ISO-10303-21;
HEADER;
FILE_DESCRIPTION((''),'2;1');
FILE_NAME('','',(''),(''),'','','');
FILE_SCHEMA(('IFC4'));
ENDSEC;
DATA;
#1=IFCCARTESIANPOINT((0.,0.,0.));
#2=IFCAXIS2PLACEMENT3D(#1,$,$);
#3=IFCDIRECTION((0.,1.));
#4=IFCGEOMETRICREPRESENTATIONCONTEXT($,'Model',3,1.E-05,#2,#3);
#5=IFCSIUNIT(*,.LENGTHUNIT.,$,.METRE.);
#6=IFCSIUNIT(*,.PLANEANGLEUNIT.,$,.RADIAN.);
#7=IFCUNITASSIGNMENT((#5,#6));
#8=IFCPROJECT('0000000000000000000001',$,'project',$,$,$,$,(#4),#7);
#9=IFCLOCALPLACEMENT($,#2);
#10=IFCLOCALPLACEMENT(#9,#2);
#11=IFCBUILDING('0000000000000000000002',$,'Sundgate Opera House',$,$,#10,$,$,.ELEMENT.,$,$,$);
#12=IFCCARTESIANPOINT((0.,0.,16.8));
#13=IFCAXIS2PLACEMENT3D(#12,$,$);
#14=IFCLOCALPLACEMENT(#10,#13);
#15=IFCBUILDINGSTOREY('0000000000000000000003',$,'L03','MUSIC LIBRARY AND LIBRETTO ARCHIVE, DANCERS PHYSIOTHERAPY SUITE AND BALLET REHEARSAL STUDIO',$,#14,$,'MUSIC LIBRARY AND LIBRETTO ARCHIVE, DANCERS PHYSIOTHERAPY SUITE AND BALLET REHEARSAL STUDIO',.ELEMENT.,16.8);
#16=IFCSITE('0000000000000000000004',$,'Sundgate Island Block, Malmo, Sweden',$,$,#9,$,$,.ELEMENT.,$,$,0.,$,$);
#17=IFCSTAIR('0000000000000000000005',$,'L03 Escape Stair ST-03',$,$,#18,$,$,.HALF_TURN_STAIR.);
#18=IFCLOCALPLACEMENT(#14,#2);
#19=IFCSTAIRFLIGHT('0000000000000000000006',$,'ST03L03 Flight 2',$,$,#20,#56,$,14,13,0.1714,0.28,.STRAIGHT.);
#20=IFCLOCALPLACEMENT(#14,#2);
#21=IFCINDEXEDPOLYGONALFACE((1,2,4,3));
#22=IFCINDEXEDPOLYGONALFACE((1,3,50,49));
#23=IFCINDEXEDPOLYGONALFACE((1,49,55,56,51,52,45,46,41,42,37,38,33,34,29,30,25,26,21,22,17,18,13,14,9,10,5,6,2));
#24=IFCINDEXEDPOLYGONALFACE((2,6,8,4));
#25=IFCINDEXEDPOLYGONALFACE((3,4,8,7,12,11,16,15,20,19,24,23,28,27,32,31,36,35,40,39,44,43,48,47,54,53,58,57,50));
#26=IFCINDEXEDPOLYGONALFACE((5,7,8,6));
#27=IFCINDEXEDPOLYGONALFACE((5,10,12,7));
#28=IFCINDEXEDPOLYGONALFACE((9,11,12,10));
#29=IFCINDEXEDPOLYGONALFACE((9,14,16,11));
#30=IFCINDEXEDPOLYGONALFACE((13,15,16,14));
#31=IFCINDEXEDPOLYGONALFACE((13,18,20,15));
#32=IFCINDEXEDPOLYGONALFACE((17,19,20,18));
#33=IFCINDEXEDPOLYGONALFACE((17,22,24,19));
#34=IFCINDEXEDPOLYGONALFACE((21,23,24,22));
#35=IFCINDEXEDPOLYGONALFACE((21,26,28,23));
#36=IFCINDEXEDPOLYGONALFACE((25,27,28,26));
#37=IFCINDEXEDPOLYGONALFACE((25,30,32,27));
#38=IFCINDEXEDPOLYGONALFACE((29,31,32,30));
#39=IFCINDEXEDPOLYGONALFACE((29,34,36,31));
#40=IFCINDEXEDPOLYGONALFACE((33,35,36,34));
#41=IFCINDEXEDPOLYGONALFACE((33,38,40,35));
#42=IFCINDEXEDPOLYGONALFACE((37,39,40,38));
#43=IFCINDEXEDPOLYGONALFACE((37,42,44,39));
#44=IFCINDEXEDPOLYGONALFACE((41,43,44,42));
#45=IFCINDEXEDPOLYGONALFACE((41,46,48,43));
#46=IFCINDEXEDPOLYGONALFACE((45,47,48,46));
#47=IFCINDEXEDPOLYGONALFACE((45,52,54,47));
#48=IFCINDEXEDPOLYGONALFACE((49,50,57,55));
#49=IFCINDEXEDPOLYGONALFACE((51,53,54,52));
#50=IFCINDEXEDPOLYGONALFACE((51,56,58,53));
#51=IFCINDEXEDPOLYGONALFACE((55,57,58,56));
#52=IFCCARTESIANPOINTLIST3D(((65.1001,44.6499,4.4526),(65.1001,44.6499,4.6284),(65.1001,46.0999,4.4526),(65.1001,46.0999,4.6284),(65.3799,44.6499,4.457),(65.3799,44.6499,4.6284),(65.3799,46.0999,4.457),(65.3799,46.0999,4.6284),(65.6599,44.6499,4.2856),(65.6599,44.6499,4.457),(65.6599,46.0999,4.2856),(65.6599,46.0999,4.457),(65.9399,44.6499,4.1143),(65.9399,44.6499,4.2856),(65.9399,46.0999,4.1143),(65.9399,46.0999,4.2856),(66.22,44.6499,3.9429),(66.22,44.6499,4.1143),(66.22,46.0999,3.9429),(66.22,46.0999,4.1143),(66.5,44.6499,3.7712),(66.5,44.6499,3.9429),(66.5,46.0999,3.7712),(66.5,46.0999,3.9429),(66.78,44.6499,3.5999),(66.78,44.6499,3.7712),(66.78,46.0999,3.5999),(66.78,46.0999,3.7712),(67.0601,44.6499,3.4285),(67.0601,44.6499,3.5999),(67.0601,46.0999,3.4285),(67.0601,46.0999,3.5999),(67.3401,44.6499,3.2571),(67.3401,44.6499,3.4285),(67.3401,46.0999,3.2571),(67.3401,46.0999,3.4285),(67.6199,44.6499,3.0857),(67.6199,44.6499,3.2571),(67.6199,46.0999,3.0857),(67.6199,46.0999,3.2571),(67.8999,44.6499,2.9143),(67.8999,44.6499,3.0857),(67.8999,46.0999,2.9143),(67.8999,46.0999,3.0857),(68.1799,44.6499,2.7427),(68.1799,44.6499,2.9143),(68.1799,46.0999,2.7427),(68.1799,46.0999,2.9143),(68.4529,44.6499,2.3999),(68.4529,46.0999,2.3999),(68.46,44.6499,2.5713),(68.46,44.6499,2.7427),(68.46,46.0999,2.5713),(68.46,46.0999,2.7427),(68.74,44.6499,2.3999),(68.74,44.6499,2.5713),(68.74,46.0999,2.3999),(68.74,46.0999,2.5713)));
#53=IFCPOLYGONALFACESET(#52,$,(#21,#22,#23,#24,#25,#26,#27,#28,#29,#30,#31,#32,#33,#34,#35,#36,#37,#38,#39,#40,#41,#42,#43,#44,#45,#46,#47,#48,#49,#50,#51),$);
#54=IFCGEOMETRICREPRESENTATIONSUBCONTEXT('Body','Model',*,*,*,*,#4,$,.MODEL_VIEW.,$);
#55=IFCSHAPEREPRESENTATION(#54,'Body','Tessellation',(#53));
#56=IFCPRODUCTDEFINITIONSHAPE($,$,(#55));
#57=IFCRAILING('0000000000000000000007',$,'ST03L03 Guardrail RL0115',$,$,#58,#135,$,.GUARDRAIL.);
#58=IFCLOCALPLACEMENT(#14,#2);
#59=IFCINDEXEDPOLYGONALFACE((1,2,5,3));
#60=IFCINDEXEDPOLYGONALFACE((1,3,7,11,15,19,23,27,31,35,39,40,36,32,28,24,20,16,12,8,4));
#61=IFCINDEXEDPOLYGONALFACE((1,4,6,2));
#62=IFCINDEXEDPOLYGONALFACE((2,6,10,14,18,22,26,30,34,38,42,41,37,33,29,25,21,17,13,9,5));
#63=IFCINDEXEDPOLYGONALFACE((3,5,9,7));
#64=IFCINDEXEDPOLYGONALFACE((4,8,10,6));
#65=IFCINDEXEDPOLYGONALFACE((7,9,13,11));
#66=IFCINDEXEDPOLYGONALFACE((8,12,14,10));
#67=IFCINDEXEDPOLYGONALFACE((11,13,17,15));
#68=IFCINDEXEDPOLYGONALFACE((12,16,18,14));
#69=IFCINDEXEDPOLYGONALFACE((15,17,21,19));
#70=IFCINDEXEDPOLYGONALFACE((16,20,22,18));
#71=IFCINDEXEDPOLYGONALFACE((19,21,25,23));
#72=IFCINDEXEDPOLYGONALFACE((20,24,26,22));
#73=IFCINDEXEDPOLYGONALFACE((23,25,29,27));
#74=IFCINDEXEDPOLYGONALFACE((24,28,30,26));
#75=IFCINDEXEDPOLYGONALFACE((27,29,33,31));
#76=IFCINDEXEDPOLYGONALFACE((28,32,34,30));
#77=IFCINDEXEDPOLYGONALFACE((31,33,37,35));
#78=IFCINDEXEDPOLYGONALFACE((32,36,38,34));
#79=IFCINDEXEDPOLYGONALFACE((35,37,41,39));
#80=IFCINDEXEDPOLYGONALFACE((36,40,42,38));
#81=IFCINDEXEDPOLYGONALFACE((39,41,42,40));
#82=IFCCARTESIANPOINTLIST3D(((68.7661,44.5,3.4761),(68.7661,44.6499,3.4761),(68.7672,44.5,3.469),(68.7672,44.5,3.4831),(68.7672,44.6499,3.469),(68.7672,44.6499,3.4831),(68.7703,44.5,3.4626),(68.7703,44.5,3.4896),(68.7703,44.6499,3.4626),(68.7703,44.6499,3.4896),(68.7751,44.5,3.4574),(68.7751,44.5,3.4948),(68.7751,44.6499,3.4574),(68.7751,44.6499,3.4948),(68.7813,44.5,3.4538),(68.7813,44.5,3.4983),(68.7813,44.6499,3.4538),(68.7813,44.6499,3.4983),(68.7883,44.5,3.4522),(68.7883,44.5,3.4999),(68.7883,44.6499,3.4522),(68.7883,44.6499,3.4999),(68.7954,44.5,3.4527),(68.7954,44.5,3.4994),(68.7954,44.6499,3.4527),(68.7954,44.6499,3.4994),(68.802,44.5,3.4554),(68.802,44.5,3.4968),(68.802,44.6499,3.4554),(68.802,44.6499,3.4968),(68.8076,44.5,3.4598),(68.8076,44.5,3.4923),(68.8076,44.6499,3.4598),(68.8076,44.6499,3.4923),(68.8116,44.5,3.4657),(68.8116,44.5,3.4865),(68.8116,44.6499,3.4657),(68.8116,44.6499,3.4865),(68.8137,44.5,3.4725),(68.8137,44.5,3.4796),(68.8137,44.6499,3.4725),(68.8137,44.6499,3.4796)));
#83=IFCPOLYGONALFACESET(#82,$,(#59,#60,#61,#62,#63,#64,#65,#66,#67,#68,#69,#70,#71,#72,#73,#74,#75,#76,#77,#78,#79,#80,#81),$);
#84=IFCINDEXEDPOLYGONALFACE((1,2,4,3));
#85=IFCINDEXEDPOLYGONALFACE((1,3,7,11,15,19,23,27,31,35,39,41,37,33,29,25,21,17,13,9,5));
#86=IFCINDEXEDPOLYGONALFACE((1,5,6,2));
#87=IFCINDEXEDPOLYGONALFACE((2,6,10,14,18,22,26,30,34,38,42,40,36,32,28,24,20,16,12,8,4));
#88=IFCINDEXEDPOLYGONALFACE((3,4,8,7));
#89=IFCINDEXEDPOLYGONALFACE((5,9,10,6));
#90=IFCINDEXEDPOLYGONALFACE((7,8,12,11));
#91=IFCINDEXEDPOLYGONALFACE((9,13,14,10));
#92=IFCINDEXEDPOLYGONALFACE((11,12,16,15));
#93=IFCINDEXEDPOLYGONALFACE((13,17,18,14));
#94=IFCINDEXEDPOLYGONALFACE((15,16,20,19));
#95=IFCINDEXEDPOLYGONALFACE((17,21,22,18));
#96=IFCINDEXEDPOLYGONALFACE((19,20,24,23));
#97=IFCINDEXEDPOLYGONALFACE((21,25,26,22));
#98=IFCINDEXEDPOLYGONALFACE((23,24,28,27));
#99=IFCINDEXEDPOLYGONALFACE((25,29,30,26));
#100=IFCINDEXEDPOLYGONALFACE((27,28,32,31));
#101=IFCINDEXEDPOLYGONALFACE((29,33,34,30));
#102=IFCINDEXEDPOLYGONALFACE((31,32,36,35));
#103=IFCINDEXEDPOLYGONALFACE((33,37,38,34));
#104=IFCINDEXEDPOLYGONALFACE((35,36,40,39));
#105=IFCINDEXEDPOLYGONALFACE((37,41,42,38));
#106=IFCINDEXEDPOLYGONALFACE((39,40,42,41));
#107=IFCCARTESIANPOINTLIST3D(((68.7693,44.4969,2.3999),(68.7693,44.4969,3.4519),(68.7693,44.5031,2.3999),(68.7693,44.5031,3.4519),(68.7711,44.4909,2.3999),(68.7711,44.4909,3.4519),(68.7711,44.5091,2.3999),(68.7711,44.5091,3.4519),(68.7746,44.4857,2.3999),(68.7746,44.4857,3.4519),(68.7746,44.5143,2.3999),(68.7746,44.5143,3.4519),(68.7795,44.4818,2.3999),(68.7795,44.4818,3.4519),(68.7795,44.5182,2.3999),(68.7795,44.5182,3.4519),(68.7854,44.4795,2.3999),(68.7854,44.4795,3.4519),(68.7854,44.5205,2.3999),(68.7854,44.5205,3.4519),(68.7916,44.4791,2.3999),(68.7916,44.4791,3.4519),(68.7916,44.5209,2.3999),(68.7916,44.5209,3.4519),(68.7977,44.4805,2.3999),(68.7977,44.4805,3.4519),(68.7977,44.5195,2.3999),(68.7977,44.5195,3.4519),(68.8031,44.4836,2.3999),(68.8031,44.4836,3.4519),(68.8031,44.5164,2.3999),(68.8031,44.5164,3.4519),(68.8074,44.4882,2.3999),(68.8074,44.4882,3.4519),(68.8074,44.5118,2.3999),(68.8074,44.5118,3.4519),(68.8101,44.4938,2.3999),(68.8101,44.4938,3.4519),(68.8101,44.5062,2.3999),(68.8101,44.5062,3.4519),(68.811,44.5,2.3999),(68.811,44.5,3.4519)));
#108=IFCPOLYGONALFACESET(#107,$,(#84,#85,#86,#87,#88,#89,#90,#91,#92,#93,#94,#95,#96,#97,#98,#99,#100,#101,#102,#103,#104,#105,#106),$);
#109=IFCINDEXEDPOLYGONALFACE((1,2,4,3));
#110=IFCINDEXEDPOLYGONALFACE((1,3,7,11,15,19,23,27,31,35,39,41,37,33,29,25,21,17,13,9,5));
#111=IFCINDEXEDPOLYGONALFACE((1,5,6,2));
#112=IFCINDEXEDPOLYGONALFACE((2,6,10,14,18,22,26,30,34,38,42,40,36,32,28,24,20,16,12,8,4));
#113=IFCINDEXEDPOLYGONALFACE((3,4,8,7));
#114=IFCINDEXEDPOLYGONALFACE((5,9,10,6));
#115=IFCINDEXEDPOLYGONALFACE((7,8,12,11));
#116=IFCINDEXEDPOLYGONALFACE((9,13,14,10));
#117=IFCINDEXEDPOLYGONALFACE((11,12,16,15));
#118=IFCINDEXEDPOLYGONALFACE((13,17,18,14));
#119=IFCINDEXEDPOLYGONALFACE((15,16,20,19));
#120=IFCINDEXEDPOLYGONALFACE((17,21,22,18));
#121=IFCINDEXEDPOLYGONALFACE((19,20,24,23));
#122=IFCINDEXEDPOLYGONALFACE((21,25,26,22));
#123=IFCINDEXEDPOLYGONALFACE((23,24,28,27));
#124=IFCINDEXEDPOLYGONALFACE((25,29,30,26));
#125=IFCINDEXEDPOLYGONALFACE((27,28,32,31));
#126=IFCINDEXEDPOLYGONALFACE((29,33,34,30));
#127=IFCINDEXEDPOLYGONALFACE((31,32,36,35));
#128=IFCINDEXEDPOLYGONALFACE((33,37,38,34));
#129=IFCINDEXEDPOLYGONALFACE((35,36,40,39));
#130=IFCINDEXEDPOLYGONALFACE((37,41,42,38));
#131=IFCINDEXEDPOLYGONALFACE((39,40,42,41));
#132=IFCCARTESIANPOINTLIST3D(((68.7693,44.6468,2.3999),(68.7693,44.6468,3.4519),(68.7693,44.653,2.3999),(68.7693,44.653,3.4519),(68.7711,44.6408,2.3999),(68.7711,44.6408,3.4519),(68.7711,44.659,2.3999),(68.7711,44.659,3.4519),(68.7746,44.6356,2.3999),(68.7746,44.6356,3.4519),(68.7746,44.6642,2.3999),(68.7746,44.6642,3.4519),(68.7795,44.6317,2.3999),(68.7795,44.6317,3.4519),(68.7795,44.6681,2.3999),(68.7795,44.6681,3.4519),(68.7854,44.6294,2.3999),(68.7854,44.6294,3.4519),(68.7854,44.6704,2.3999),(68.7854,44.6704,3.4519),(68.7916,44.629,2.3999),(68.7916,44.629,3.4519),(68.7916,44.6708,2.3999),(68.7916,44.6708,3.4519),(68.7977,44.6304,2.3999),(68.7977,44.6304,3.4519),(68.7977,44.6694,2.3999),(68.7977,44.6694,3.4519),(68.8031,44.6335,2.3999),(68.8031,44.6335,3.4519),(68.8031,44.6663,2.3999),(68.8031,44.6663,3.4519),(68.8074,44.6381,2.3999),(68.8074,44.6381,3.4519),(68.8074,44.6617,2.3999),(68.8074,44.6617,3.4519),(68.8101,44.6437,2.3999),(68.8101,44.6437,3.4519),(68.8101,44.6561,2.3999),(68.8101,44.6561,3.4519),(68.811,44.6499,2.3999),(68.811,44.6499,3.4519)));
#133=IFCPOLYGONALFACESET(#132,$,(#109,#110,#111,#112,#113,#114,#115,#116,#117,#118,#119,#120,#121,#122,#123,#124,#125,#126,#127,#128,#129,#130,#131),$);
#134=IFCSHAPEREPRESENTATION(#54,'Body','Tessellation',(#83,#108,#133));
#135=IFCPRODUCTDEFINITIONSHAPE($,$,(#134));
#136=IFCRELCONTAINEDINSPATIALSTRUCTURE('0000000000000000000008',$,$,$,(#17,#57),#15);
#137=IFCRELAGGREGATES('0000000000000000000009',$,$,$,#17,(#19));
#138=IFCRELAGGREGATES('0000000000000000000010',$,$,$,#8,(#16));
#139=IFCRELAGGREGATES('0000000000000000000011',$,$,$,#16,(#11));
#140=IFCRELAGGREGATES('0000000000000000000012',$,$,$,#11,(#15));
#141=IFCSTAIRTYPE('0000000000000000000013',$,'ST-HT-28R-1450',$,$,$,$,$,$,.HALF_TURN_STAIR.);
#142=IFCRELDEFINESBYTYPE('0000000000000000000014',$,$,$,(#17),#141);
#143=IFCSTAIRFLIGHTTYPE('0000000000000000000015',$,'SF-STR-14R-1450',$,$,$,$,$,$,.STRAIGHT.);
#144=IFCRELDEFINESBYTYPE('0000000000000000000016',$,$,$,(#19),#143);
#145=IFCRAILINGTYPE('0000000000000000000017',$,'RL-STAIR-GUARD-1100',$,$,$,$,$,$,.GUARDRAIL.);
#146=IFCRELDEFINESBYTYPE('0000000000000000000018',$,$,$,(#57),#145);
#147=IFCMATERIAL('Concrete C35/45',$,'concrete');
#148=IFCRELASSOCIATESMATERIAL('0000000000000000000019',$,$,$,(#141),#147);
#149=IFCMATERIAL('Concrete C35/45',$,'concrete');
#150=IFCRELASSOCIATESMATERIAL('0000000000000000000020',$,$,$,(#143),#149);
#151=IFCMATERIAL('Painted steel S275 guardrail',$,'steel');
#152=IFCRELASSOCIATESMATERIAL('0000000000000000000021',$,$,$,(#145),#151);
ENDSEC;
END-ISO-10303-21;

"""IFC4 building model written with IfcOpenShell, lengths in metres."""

from ifc_helpers import new_model, si_unit, direction, frame, origin, origin_2d, place, context, subcontext, project, spatial, polyline, circle, outline, extrude, material, type_object, element, aggregate, save


model = new_model("IFC4")

# Units and contexts
model_context = context("Model", 3, precision=1e-05, world=origin(), true_north=direction((0.0, 1.0)))
body_context = subcontext(model_context, "Body", "Model", "MODEL_VIEW")
ifc_project = project(units=[si_unit("LENGTHUNIT", "METRE"), si_unit("PLANEANGLEUNIT", "RADIAN")], contexts=[model_context])

# Site, building, storey
site_placement = place(None, origin())
site = spatial("IfcSite", under=ifc_project, at=site_placement, Name="Sundgate Island Block, Malmo, Sweden", CompositionType="ELEMENT", RefElevation=0.0)
building_placement = place(site_placement, origin())
building = spatial("IfcBuilding", under=site, at=building_placement, Name="Sundgate Opera House", CompositionType="ELEMENT")
storey_placement = place(building_placement, frame((0.0, 0.0, 16.8)))
storey = spatial("IfcBuildingStorey", under=building, at=storey_placement, Name="L03", Description="MUSIC LIBRARY AND LIBRETTO ARCHIVE, DANCERS PHYSIOTHERAPY SUITE AND BALLET REHEARSAL STUDIO", LongName="MUSIC LIBRARY AND LIBRETTO ARCHIVE, DANCERS PHYSIOTHERAPY SUITE AND BALLET REHEARSAL STUDIO", CompositionType="ELEMENT", Elevation=16.8)

# Stair, stair flight
ifc_material_1 = material(Name="Concrete C35/45", Category="concrete")
stair_type = type_object("IfcStairType", Name="ST-HT-28R-1450", PredefinedType="HALF_TURN_STAIR", material=ifc_material_1)
stair_placement = place(storey_placement, origin())
stair = element("IfcStair", 1, at=stair_placement, inside=storey, type_object=stair_type, Name="L03 Escape Stair ST-03", PredefinedType="HALF_TURN_STAIR")
ifc_material_2 = material(Name="Concrete C35/45", Category="concrete")
stair_flight_type = type_object("IfcStairFlightType", Name="SF-STR-14R-1450", PredefinedType="STRAIGHT", material=ifc_material_2)
stair_flight_placement = place(storey_placement, frame((68.74, 45.375, 2.3999), z_axis=(0.0, 0.0, 1.0), x_axis=(-1.0, 0.0, 0.0)))
stair_flight = element("IfcStairFlight", 2, at=stair_flight_placement, type_object=stair_flight_type, Name="ST03L03 Flight 2", NumberOfRisers=14, NumberOfTreads=13, PredefinedType="STRAIGHT", RiserHeight=0.1714, TreadLength=0.28, context=body_context, shape_type="SweptSolid", body=[
    extrude(outline(polyline([(0.0, 0.0), (0.0, 0.1714), (0.28, 0.1714), (0.28, 0.3428), (0.5601, 0.3428), (0.5601, 0.5144), (0.8401, 0.5144), (0.8401, 0.6858), (1.1201, 0.6858), (1.1201, 0.8572), (1.3999, 0.8572), (1.3999, 1.0286), (1.6799, 1.0286), (1.6799, 1.2), (1.96, 1.2), (1.96, 1.3713), (2.24, 1.3713), (2.24, 1.543), (2.52, 1.543), (2.52, 1.7144), (2.8, 1.7144), (2.8, 1.8857), (3.0801, 1.8857), (3.0801, 2.0571), (3.3601, 2.0571), (3.3601, 2.2285), (3.6399, 2.2285), (3.6399, 2.3999), (3.6399, 2.0527), (0.2871, 0.0), (0.0, 0.0)])), frame((0.0, 0.7251, 0.0), z_axis=(0.0, -1.0, 0.0), x_axis=(1.0, 0.0, 0.0)), (0.0, 0.0, 1.0), 1.45),
])
aggregate(stair, [stair_flight])

# Railing
ifc_material_3 = material(Name="Painted steel S275 guardrail", Category="steel")
railing_type_1 = type_object("IfcRailingType", Name="RL-STAIR-GUARD-1100", PredefinedType="GUARDRAIL", material=ifc_material_3)
railing_1_placement = place(storey_placement, frame((68.79, 44.5, 2.3999)))
element("IfcRailing", 3, at=railing_1_placement, inside=storey, type_object=railing_type_1, Name="ST03L03 Guardrail RL0115", PredefinedType="GUARDRAIL", context=body_context, shape_type="SweptSolid", body=[
    extrude(circle(Radius=0.0239, at=origin_2d()), frame((0.0, 0.0, 1.0762), z_axis=(0.0, 1.0, 0.0), x_axis=(-1.0, 0.0, 0.0)), (0.0, 0.0, 1.0), 0.1499),
    extrude(circle(Radius=0.021, at=origin_2d()), origin(), (0.0, 0.0, 1.0), 1.052),
    extrude(circle(Radius=0.021, at=origin_2d()), frame((0.0, 0.1499, 0.0)), (0.0, 0.0, 1.0), 1.052),
])

save(model, "model.ifc")
